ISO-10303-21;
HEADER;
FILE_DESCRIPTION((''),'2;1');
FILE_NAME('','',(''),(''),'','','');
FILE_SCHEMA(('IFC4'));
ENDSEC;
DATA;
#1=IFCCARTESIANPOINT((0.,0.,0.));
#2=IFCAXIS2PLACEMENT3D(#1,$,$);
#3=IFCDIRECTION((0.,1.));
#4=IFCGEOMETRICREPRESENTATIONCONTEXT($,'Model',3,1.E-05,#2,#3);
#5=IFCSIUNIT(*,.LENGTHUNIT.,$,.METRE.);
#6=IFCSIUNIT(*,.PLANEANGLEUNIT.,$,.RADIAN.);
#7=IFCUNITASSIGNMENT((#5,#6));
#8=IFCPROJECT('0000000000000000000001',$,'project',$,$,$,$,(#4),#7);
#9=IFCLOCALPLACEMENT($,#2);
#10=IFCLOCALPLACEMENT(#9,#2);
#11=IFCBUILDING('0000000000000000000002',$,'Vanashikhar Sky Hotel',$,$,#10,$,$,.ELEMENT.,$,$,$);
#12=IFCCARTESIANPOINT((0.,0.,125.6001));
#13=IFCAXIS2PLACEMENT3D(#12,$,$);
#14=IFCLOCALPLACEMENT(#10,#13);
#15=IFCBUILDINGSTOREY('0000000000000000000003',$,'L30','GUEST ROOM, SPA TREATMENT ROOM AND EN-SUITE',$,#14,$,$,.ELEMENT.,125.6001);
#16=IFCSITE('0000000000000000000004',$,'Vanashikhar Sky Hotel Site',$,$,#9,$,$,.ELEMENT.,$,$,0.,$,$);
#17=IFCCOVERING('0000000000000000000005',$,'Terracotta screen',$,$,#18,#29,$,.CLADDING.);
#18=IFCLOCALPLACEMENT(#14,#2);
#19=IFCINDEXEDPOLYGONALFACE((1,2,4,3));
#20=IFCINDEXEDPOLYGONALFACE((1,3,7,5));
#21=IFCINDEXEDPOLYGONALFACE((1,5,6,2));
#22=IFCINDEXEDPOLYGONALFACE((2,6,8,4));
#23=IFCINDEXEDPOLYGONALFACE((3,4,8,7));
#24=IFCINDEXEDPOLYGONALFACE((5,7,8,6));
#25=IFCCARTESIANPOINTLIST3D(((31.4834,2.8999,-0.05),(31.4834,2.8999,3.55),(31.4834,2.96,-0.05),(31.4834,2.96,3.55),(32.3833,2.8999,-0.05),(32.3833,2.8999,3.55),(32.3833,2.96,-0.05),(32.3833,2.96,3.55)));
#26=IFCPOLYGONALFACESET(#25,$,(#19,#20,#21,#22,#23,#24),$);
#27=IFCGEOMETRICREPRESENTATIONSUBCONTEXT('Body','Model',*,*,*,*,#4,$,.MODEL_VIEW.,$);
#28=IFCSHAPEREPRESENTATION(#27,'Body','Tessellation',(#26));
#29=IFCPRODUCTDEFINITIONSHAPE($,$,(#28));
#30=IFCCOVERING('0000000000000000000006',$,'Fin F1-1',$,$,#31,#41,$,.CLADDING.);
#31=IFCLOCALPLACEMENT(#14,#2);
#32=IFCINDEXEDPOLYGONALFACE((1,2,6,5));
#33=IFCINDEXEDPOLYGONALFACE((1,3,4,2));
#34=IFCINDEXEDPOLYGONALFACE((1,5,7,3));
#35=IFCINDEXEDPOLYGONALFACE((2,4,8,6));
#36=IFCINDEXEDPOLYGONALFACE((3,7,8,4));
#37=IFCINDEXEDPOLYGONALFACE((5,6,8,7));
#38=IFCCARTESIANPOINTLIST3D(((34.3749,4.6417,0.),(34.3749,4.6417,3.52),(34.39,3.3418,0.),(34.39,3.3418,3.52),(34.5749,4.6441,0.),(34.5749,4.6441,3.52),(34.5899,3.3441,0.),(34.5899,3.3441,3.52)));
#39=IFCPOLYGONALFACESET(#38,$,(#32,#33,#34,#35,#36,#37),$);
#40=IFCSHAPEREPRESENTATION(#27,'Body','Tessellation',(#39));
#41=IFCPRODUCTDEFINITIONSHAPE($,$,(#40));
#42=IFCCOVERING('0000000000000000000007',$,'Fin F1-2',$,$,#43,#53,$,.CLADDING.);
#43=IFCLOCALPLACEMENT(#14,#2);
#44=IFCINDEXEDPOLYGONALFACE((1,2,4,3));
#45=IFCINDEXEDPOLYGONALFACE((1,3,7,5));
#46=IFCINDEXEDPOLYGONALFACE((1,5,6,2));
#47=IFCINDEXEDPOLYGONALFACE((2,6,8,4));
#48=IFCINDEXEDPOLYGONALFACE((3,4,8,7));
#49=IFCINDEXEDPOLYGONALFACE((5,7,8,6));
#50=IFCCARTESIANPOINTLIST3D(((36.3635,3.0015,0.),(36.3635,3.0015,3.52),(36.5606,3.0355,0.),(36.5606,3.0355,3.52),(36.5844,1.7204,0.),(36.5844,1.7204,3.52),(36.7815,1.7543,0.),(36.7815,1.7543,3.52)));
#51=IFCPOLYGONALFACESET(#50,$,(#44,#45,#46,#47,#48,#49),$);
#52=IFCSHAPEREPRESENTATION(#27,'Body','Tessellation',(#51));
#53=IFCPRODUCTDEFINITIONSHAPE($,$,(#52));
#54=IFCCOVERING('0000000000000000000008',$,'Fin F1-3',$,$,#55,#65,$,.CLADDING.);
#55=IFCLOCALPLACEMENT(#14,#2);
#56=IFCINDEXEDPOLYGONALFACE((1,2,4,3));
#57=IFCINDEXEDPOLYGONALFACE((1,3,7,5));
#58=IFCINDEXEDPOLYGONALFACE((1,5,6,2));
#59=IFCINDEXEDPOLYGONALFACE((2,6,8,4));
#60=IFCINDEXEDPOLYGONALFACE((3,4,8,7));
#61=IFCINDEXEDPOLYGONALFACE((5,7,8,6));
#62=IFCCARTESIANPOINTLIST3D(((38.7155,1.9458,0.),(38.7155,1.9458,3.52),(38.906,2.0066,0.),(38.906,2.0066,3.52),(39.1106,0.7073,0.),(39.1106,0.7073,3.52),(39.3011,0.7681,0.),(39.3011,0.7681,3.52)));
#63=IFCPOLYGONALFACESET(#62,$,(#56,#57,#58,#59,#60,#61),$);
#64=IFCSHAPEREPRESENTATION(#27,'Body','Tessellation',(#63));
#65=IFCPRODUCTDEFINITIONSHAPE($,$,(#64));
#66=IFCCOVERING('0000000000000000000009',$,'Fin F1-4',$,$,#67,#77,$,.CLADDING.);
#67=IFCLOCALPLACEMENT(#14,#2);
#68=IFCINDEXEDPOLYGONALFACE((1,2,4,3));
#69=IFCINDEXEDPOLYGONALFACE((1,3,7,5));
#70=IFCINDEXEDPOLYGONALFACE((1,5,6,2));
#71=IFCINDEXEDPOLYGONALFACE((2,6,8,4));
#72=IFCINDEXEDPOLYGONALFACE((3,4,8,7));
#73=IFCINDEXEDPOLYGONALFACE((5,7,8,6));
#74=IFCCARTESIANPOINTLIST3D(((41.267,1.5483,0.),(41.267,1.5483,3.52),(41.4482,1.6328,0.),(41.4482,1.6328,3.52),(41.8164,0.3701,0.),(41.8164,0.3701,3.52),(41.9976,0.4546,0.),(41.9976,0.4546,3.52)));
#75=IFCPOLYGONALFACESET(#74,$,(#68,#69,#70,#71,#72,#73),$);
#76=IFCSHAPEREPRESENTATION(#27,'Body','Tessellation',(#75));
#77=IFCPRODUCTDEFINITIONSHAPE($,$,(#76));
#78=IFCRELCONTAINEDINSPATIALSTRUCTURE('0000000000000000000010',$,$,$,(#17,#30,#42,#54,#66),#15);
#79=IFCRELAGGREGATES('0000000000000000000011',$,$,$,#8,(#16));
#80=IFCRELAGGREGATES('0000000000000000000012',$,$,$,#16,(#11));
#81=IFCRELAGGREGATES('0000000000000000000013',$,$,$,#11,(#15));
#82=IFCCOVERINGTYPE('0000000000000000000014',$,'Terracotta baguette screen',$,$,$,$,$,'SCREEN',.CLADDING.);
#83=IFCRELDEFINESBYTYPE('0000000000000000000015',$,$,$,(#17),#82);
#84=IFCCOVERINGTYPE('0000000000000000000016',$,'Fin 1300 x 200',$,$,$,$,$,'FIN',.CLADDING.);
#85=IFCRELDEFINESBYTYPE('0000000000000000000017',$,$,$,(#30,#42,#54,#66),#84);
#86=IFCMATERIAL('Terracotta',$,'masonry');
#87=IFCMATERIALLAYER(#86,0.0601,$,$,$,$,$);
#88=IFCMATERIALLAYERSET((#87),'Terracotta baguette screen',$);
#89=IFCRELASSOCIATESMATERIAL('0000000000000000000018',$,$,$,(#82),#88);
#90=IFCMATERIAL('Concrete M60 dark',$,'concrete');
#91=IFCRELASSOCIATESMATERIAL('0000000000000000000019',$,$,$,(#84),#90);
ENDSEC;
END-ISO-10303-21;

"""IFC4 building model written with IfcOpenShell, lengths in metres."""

from ifc_helpers import new_model, si_unit, direction, frame, origin, origin_2d, place, context, subcontext, project, spatial, rectangle, extrude, source, transform, mapped, material, layer, layer_set, material_profile, profile_set, type_object, element, save


model = new_model("IFC4")

# Units and contexts
model_context = context("Model", 3, precision=1e-05, world=origin(), true_north=direction((0.0, 1.0)))
body_context = subcontext(model_context, "Body", "Model", "MODEL_VIEW")
ifc_project = project(units=[si_unit("LENGTHUNIT", "METRE"), si_unit("PLANEANGLEUNIT", "RADIAN")], contexts=[model_context])

# Site, building, storey
site_placement = place(None, origin())
site = spatial("IfcSite", under=ifc_project, at=site_placement, Name="Vanashikhar Sky Hotel Site", CompositionType="ELEMENT", RefElevation=0.0)
building_placement = place(site_placement, origin())
building = spatial("IfcBuilding", under=site, at=building_placement, Name="Vanashikhar Sky Hotel", CompositionType="ELEMENT")
storey_placement = place(building_placement, frame((0.0, 0.0, 125.6001)))
storey = spatial("IfcBuildingStorey", under=building, at=storey_placement, Name="L30", Description="GUEST ROOM, SPA TREATMENT ROOM AND EN-SUITE", CompositionType="ELEMENT", Elevation=125.6001)

# Coverings
ifc_material_1 = material(Name="Terracotta", Category="masonry")
ifc_layer_1 = layer(ifc_material_1, 0.0601)
ifc_layer_set_1 = layer_set([ifc_layer_1], Name="Terracotta baguette screen")
covering_type_1 = type_object("IfcCoveringType", Name="Terracotta baguette screen", ElementType="SCREEN", PredefinedType="CLADDING", material=ifc_layer_set_1)
shared_shape_1 = source(origin(), body_context, "Body", "SweptSolid", [
    extrude(rectangle(XDim=0.8999, YDim=0.0601, at=origin_2d()), origin(), (0.0, 0.0, 1.0), 3.6001),
])
covering_placement = place(storey_placement, frame((31.9333, 2.9299, -0.05), z_axis=(0.0, 0.0, 1.0), x_axis=(1.0, 0.0, 0.0)))
element("IfcCovering", 1, at=covering_placement, inside=storey, type_object=covering_type_1, Name="Terracotta screen", PredefinedType="CLADDING", context=body_context, shape_type="MappedRepresentation", body=[
    mapped(shared_shape_1, transform((0.0, 0.0, 0.0), scale=1.0)),
])
ifc_material_2 = material(Name="Concrete M60 dark", Category="concrete")
ifc_material_profile = material_profile(ifc_material_2, rectangle(XDim=1.3, YDim=0.2, at=origin_2d()))
ifc_profile_set = profile_set([ifc_material_profile], Name="Fin 1300 x 200")
covering_type_2 = type_object("IfcCoveringType", Name="Fin 1300 x 200", ElementType="FIN", PredefinedType="CLADDING", material=ifc_profile_set)
shared_shape_2 = source(origin(), body_context, "Body", "SweptSolid", [
    extrude(rectangle(XDim=1.3, YDim=0.2, at=origin_2d()), origin(), (0.0, 0.0, 1.0), 3.52),
])
for number, where, z_axis, x_axis, name in (
    (2, (34.4824, 3.9929, 0.0), (0.0, 0.0, 1.0), (0.011589, -0.999933, 0.0), "Fin F1-1"),
    (3, (36.5725, 2.3779, 0.0), (0.0, 0.0, 1.0), (0.1699, -0.985461, 0.0), "Fin F1-2"),
    (4, (39.0083, 1.3569, 0.0), (0.0, 0.0, 1.0), (0.303967, -0.952683, 0.0), "Fin F1-3"),
    (5, (41.6323, 1.0015, 0.0), (0.0, 0.0, 1.0), (0.422618, -0.906308, 0.0), "Fin F1-4"),
):
    element("IfcCovering", number, at=place(storey_placement, frame(where, z_axis=z_axis, x_axis=x_axis)), inside=storey, type_object=covering_type_2, Name=name, PredefinedType="CLADDING", context=body_context, shape_type="MappedRepresentation", body=[
        mapped(shared_shape_2, transform((0.0, 0.0, 0.0), scale=1.0)),
    ])

save(model, "model.ifc")
